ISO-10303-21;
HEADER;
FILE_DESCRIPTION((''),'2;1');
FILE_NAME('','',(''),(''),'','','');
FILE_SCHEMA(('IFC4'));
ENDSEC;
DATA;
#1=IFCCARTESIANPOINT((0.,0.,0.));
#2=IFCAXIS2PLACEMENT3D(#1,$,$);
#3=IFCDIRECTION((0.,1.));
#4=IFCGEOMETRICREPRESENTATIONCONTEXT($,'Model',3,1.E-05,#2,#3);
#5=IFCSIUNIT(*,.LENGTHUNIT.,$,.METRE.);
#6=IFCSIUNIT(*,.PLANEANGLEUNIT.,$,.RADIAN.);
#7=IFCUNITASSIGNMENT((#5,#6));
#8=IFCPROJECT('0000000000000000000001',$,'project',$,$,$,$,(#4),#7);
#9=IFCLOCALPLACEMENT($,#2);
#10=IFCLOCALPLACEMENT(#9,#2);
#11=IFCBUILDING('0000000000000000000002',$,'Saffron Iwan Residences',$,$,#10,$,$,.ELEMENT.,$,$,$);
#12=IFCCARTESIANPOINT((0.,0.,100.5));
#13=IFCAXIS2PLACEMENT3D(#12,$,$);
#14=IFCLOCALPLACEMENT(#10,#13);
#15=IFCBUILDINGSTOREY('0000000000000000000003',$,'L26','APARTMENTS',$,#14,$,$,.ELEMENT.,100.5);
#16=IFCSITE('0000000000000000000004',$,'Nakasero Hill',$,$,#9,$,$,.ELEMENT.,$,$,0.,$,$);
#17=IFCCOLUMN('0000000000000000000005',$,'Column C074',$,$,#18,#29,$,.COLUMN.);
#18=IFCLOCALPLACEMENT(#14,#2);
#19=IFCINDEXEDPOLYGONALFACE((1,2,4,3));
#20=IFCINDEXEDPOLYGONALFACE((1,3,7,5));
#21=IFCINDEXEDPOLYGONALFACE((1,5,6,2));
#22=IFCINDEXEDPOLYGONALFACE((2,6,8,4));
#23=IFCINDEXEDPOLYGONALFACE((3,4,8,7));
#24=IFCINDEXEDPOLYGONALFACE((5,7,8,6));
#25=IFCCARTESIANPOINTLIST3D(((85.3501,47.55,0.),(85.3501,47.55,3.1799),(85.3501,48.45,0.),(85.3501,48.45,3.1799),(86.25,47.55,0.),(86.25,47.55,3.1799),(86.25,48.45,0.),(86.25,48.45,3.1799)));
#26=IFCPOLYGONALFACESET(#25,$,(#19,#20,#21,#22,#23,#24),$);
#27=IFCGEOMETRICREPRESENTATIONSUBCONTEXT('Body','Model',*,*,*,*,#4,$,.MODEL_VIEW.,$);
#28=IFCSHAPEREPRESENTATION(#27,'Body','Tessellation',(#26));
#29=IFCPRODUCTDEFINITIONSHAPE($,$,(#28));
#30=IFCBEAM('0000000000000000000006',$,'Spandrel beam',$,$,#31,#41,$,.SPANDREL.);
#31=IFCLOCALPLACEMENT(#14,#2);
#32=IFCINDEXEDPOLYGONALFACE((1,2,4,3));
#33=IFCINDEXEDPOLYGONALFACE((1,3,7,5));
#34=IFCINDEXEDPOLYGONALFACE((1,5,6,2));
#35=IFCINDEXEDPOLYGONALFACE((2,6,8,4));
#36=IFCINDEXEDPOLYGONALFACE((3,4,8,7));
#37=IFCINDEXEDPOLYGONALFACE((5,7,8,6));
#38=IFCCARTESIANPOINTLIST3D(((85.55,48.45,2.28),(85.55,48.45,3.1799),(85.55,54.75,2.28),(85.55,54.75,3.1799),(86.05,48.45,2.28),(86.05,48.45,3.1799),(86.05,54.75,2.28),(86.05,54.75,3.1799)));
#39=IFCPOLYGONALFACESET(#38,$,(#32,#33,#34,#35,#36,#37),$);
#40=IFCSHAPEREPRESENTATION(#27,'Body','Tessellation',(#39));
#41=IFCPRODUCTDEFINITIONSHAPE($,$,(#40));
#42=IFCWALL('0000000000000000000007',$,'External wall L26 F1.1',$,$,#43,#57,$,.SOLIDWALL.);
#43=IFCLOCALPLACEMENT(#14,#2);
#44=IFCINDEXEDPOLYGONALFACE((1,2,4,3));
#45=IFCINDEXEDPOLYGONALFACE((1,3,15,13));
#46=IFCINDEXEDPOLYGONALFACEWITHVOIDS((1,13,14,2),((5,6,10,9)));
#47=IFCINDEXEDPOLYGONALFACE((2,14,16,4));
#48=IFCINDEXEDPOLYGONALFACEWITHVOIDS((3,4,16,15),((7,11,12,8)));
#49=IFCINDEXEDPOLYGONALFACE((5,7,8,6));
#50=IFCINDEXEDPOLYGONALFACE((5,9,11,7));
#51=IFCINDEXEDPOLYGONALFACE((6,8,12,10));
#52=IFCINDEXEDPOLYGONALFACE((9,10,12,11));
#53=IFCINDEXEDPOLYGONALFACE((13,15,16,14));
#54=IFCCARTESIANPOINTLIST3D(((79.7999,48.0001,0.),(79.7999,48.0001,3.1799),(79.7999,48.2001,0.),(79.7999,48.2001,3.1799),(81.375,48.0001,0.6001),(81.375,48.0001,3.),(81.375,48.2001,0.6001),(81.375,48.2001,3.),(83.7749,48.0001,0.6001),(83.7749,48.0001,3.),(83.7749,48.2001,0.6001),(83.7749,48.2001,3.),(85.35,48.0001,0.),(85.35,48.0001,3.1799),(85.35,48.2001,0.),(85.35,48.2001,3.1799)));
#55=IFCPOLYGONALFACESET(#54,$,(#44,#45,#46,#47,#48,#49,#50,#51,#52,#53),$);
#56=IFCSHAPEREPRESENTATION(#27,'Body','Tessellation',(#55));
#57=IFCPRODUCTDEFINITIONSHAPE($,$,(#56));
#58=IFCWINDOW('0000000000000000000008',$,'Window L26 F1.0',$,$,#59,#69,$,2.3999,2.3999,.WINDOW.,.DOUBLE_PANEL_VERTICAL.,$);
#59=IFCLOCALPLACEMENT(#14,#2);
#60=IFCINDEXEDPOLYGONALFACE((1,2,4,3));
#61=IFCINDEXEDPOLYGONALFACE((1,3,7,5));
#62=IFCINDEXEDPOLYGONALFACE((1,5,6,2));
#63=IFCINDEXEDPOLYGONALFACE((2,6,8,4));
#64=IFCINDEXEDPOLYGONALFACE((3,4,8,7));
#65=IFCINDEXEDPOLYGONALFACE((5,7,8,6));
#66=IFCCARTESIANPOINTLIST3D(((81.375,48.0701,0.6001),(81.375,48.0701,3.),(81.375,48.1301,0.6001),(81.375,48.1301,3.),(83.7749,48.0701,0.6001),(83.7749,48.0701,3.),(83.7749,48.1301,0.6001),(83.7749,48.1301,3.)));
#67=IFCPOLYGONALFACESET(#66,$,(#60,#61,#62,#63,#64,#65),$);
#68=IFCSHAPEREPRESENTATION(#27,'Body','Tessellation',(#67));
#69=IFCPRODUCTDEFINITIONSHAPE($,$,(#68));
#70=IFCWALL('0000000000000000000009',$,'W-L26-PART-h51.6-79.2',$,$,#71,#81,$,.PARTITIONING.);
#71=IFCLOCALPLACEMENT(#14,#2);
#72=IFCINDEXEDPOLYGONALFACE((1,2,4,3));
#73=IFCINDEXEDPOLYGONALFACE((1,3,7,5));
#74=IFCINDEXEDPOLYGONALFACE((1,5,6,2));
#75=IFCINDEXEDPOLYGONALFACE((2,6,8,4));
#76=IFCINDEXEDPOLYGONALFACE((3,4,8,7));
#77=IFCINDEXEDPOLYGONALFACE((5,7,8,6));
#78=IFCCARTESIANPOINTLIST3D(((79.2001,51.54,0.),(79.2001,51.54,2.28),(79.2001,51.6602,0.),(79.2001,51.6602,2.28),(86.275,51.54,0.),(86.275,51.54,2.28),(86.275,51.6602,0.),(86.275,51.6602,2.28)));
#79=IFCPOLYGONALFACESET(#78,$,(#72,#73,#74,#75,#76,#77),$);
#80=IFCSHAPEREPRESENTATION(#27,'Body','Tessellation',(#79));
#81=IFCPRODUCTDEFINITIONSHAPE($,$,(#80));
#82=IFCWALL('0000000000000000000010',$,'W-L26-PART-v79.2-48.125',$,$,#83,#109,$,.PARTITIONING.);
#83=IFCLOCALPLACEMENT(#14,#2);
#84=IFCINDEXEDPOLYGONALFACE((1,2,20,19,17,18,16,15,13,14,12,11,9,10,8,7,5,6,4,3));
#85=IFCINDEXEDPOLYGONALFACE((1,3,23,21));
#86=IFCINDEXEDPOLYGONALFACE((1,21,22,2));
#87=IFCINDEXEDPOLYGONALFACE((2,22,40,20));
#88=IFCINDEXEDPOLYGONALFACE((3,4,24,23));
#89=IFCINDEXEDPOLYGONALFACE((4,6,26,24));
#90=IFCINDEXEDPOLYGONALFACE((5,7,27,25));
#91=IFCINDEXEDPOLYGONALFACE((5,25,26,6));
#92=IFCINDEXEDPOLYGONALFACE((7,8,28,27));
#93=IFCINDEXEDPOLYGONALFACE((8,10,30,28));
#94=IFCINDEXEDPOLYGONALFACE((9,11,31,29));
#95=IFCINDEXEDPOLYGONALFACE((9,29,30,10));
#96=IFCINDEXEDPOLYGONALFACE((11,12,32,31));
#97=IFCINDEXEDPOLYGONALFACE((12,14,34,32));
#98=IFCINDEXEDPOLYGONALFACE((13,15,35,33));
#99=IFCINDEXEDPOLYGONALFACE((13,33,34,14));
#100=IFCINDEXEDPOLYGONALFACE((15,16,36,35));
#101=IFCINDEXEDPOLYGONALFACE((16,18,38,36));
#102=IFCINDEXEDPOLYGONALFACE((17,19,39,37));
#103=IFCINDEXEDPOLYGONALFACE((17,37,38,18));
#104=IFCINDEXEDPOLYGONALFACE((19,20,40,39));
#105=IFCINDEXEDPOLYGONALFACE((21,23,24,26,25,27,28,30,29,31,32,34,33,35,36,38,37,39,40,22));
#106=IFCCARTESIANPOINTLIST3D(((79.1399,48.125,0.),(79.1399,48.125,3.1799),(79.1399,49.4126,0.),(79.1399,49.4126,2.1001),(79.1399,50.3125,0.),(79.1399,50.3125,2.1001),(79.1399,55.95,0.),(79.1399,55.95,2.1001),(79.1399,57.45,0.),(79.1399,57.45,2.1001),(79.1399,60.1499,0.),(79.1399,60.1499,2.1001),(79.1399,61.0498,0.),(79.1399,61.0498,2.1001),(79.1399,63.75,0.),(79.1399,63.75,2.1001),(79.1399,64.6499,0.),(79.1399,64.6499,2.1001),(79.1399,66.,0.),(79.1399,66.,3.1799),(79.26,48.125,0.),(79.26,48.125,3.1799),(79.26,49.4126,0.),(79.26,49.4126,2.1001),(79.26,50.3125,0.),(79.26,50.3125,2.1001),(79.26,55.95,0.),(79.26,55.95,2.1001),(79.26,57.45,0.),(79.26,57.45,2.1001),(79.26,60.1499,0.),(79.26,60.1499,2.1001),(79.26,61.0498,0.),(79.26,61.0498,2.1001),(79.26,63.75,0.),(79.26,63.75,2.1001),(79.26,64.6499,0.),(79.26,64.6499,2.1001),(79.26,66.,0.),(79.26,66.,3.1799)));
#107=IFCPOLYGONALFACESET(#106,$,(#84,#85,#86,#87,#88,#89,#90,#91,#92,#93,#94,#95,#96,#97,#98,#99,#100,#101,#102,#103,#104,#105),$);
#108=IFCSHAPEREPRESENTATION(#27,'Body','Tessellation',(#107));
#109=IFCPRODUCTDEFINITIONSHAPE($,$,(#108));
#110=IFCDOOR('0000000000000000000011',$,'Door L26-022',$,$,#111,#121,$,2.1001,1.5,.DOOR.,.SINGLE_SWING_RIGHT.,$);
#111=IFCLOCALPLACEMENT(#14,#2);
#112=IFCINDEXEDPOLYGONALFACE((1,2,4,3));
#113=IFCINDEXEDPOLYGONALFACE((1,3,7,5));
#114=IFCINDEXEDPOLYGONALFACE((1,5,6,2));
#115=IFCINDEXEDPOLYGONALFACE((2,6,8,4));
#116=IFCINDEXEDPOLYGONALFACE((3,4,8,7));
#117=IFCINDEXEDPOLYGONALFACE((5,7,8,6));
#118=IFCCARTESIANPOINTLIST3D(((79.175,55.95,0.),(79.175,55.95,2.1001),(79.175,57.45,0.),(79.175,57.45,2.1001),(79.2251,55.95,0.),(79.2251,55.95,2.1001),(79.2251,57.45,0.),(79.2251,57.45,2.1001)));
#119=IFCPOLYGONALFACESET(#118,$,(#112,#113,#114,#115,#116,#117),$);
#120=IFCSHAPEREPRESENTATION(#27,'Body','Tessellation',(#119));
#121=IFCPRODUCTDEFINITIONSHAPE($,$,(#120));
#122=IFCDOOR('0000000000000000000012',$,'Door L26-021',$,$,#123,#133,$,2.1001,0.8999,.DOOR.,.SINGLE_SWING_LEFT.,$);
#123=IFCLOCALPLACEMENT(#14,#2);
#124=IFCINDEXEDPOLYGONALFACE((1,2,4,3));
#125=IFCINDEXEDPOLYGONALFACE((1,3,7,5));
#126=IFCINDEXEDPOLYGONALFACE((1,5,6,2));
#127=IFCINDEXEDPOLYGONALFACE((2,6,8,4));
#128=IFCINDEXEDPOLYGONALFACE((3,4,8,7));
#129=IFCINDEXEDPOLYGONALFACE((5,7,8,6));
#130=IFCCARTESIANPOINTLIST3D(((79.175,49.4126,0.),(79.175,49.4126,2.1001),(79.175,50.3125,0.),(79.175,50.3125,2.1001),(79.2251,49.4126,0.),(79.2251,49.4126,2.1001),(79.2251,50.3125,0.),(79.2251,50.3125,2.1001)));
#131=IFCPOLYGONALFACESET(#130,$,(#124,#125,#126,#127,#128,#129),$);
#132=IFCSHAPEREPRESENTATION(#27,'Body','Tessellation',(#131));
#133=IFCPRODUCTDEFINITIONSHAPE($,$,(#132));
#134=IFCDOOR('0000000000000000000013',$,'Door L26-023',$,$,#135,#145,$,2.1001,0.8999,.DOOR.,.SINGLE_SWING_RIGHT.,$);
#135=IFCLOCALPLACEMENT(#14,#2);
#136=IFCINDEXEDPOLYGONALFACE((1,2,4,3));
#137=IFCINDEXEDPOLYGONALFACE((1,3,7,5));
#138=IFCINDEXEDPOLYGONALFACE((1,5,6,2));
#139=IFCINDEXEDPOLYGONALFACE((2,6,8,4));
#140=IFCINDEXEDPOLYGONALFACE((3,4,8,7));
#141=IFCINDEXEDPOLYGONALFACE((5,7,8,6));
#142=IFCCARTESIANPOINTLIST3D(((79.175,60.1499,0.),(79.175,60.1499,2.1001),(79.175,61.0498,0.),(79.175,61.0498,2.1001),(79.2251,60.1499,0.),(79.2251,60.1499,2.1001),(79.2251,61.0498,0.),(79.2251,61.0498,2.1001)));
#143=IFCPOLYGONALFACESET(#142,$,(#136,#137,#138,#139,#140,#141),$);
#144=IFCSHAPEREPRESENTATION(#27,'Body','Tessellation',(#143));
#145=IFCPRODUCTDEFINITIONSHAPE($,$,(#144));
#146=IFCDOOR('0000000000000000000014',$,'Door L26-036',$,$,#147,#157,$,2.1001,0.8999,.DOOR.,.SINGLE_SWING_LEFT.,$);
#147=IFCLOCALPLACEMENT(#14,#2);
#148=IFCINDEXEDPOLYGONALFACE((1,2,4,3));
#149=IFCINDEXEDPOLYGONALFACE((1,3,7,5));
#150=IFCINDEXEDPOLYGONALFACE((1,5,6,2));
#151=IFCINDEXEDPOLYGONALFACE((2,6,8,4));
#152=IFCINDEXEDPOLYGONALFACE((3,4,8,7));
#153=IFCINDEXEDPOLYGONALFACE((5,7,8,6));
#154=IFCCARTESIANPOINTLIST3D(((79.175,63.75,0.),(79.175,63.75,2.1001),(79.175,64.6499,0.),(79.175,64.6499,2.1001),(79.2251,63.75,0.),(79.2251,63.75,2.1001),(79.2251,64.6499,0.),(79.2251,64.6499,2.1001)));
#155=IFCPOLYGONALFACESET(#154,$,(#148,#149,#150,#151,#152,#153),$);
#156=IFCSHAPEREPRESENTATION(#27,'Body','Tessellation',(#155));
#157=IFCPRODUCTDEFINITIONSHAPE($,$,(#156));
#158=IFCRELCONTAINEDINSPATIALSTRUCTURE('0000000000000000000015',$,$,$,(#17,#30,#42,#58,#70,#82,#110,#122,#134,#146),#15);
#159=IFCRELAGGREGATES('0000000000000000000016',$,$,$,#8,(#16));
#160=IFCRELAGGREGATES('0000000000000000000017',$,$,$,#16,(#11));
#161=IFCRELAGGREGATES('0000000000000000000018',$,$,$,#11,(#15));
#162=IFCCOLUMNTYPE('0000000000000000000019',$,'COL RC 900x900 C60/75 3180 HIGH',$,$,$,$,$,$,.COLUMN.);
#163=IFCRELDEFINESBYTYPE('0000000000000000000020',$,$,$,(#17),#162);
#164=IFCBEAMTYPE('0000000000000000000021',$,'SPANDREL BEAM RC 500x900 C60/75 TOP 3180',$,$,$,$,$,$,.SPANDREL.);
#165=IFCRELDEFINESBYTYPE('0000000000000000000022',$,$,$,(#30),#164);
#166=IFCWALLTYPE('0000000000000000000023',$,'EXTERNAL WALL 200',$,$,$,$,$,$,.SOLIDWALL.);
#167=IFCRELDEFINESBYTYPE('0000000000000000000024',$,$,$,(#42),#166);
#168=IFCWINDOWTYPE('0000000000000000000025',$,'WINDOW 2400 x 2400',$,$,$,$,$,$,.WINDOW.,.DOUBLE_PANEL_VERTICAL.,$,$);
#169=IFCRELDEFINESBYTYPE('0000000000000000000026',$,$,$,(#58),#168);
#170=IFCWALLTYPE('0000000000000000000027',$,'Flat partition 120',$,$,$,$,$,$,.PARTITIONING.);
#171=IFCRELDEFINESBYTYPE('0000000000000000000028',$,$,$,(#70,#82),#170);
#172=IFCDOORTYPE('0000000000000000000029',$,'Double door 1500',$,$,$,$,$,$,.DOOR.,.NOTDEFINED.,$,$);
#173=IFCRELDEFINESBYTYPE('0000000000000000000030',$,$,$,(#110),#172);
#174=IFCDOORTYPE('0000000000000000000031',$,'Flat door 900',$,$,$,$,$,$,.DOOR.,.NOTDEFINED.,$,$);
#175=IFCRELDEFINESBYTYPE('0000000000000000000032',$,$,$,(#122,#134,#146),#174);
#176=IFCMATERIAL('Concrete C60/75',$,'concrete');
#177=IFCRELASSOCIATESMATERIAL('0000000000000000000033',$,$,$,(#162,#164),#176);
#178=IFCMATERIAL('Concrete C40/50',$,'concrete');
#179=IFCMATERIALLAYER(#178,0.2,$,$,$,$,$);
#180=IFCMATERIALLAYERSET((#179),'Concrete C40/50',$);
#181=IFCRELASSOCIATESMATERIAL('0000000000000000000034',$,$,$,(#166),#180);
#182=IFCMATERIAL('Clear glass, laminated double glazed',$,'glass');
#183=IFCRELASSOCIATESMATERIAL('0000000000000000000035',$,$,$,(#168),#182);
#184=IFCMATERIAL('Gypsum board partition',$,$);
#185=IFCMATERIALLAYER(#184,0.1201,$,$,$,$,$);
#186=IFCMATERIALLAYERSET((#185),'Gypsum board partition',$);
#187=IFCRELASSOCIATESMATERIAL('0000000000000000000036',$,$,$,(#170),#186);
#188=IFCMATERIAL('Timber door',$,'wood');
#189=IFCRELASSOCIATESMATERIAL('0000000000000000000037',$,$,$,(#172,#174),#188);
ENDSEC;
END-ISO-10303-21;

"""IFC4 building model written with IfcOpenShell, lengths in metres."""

from ifc_helpers import new_model, si_unit, direction, frame, frame_2d, origin, origin_2d, place, context, subcontext, project, spatial, rectangle, extrude, source, transform, mapped, material, layer, layer_set, material_profile, profile_set, type_object, element, fill, save


model = new_model("IFC4")

# Units and contexts
model_context = context("Model", 3, precision=1e-05, world=origin(), true_north=direction((0.0, 1.0)))
body_context = subcontext(model_context, "Body", "Model", "MODEL_VIEW")
ifc_project = project(units=[si_unit("LENGTHUNIT", "METRE"), si_unit("PLANEANGLEUNIT", "RADIAN")], contexts=[model_context])

# Site, building, storey
site_placement = place(None, origin())
site = spatial("IfcSite", under=ifc_project, at=site_placement, Name="Nakasero Hill", CompositionType="ELEMENT", RefElevation=0.0)
building_placement = place(site_placement, origin())
building = spatial("IfcBuilding", under=site, at=building_placement, Name="Saffron Iwan Residences", CompositionType="ELEMENT")
storey_placement = place(building_placement, frame((0.0, 0.0, 100.5)))
storey = spatial("IfcBuildingStorey", under=building, at=storey_placement, Name="L26", Description="APARTMENTS", CompositionType="ELEMENT", Elevation=100.5)

# Column
ifc_material_1 = material(Name="Concrete C60/75", Category="concrete")
ifc_material_profile_1 = material_profile(ifc_material_1, rectangle(XDim=0.8999, YDim=0.8999, at=origin_2d()), Name="RC 900x900")
ifc_profile_set_1 = profile_set([ifc_material_profile_1], Name="Concrete C60/75")
column_type = type_object("IfcColumnType", Name="COL RC 900x900 C60/75 3180 HIGH", PredefinedType="COLUMN", material=ifc_profile_set_1)
shared_shape_1 = source(origin(), body_context, "Body", "SweptSolid", [
    extrude(rectangle(XDim=0.8999, YDim=0.8999, at=origin_2d()), origin(), (0.0, 0.0, 1.0), 3.1799),
])
column_placement = place(storey_placement, frame((85.8, 48.0, 0.0), z_axis=(0.0, 0.0, 1.0), x_axis=(1.0, 0.0, 0.0)))
element("IfcColumn", 1, at=column_placement, inside=storey, type_object=column_type, Name="Column C074", PredefinedType="COLUMN", context=body_context, shape_type="MappedRepresentation", body=[
    mapped(shared_shape_1, transform((0.0, 0.0, 0.0))),
])

# Beam
ifc_material_profile_2 = material_profile(ifc_material_1, rectangle(XDim=0.5, YDim=0.8999, at=origin_2d()), Name="RC 500x900")
ifc_profile_set_2 = profile_set([ifc_material_profile_2], Name="Concrete C60/75")
beam_type = type_object("IfcBeamType", Name="SPANDREL BEAM RC 500x900 C60/75 TOP 3180", PredefinedType="SPANDREL", material=ifc_profile_set_2)
shared_shape_2 = source(origin(), body_context, "Body", "SweptSolid", [
    extrude(rectangle(XDim=0.5, YDim=0.8999, at=origin_2d()), origin(), (0.0, 0.0, 1.0), 6.3),
])
beam_placement = place(storey_placement, frame((85.8, 54.75, 2.73), z_axis=(0.0, -1.0, 0.0), x_axis=(1.0, 0.0, 0.0)))
element("IfcBeam", 2, at=beam_placement, inside=storey, type_object=beam_type, Name="Spandrel beam", PredefinedType="SPANDREL", context=body_context, shape_type="MappedRepresentation", body=[
    mapped(shared_shape_2, transform((0.0, 0.0, 0.0))),
])

# Wall, opening, window
ifc_material_2 = material(Name="Concrete C40/50", Category="concrete")
ifc_layer_1 = layer(ifc_material_2, 0.2)
ifc_layer_set_1 = layer_set([ifc_layer_1], Name="Concrete C40/50")
wall_type_1 = type_object("IfcWallType", Name="EXTERNAL WALL 200", PredefinedType="SOLIDWALL", material=ifc_layer_set_1)
wall_1_placement = place(storey_placement, frame((79.8, 48.1001, 0.0), z_axis=(0.0, 0.0, 1.0), x_axis=(1.0, 0.0, 0.0)))
wall_1 = element("IfcWall", 3, at=wall_1_placement, inside=storey, type_object=wall_type_1, Name="External wall L26 F1.1", PredefinedType="SOLIDWALL", context=body_context, shape_type="SweptSolid", body=[
    extrude(rectangle(XDim=5.55, YDim=0.2, at=frame_2d((2.7749, 0.0))), origin(), (0.0, 0.0, 1.0), 3.1799),
])
opening_1_placement = place(wall_1_placement, frame((1.575, 0.0, 0.6001)))
opening_1 = element("IfcOpeningElement", 4, at=opening_1_placement, cuts=wall_1, PredefinedType="OPENING", context=body_context, shape_type="SweptSolid", body=[
    extrude(rectangle(XDim=2.3999, YDim=2.3999, at=frame_2d((1.2, 1.2))), frame((0.0, 0.1099, 0.0), z_axis=(0.0, -1.0, 0.0), x_axis=(1.0, 0.0, 0.0)), (0.0, 0.0, 1.0), 0.22),
])
ifc_material_3 = material(Name="Clear glass, laminated double glazed", Category="glass")
window_type_1 = type_object("IfcWindowType", Name="WINDOW 2400 x 2400", PartitioningType="DOUBLE_PANEL_VERTICAL", PredefinedType="WINDOW", material=ifc_material_3)
window_1_placement = place(opening_1_placement, origin())
window_1 = element("IfcWindow", 5, at=window_1_placement, inside=storey, type_object=window_type_1, Name="Window L26 F1.0", OverallHeight=2.3999, OverallWidth=2.3999, PartitioningType="DOUBLE_PANEL_VERTICAL", PredefinedType="WINDOW", context=body_context, shape_type="SweptSolid", body=[
    extrude(rectangle(XDim=2.3999, YDim=2.3999, at=frame_2d((1.2, 1.2))), frame((0.0, 0.03, 0.0), z_axis=(0.0, -1.0, 0.0), x_axis=(1.0, 0.0, 0.0)), (0.0, 0.0, 1.0), 0.0601),
])
fill(opening_1, window_1)

# Wall
ifc_material_4 = material(Name="Gypsum board partition")
ifc_layer_2 = layer(ifc_material_4, 0.1201)
ifc_layer_set_2 = layer_set([ifc_layer_2], Name="Gypsum board partition")
wall_type_2 = type_object("IfcWallType", Name="Flat partition 120", PredefinedType="PARTITIONING", material=ifc_layer_set_2)
wall_2_placement = place(storey_placement, frame((79.2, 51.6001, 0.0), z_axis=(0.0, 0.0, 1.0), x_axis=(1.0, 0.0, 0.0)))
element("IfcWall", 6, at=wall_2_placement, inside=storey, type_object=wall_type_2, Name="W-L26-PART-h51.6-79.2", PredefinedType="PARTITIONING", context=body_context, shape_type="SweptSolid", body=[
    extrude(rectangle(XDim=7.075, YDim=0.1201, at=frame_2d((3.5376, 0.0))), origin(), (0.0, 0.0, 1.0), 2.28),
])

# Wall, openings, doors
wall_3_placement = place(storey_placement, frame((79.2, 48.125, 0.0), z_axis=(0.0, 0.0, 1.0), x_axis=(0.0, 1.0, 0.0)))
wall_3 = element("IfcWall", 7, at=wall_3_placement, inside=storey, type_object=wall_type_2, Name="W-L26-PART-v79.2-48.125", PredefinedType="PARTITIONING", context=body_context, shape_type="SweptSolid", body=[
    extrude(rectangle(XDim=17.875, YDim=0.1201, at=frame_2d((8.9375, 0.0))), origin(), (0.0, 0.0, 1.0), 3.1799),
])
opening_2_placement = place(wall_3_placement, frame((1.2876, 0.0, 0.0)))
opening_2 = element("IfcOpeningElement", 8, at=opening_2_placement, cuts=wall_3, PredefinedType="OPENING", context=body_context, shape_type="SweptSolid", body=[
    extrude(rectangle(XDim=0.8999, YDim=2.1001, at=frame_2d((0.45, 1.05))), frame((0.0, 0.0701, 0.0), z_axis=(0.0, -1.0, 0.0), x_axis=(1.0, 0.0, 0.0)), (0.0, 0.0, 1.0), 0.1401),
])
opening_3_placement = place(wall_3_placement, frame((7.825, 0.0, 0.0)))
opening_3 = element("IfcOpeningElement", 9, at=opening_3_placement, cuts=wall_3, PredefinedType="OPENING", context=body_context, shape_type="SweptSolid", body=[
    extrude(rectangle(XDim=1.5, YDim=2.1001, at=frame_2d((0.75, 1.05))), frame((0.0, 0.0701, 0.0), z_axis=(0.0, -1.0, 0.0), x_axis=(1.0, 0.0, 0.0)), (0.0, 0.0, 1.0), 0.1401),
])
opening_4_placement = place(wall_3_placement, frame((12.0249, 0.0, 0.0)))
opening_4 = element("IfcOpeningElement", 10, at=opening_4_placement, cuts=wall_3, PredefinedType="OPENING", context=body_context, shape_type="SweptSolid", body=[
    extrude(rectangle(XDim=0.8999, YDim=2.1001, at=frame_2d((0.45, 1.05))), frame((0.0, 0.0701, 0.0), z_axis=(0.0, -1.0, 0.0), x_axis=(1.0, 0.0, 0.0)), (0.0, 0.0, 1.0), 0.1401),
])
opening_5_placement = place(wall_3_placement, frame((15.625, 0.0, 0.0)))
opening_5 = element("IfcOpeningElement", 11, at=opening_5_placement, cuts=wall_3, PredefinedType="OPENING", context=body_context, shape_type="SweptSolid", body=[
    extrude(rectangle(XDim=0.8999, YDim=2.1001, at=frame_2d((0.45, 1.05))), frame((0.0, 0.0701, 0.0), z_axis=(0.0, -1.0, 0.0), x_axis=(1.0, 0.0, 0.0)), (0.0, 0.0, 1.0), 0.1401),
])
ifc_material_5 = material(Name="Timber door", Category="wood")
door_type_1 = type_object("IfcDoorType", Name="Double door 1500", OperationType="NOTDEFINED", PredefinedType="DOOR", material=ifc_material_5)
door_1_placement = place(opening_3_placement, origin())
door_1 = element("IfcDoor", 12, at=door_1_placement, inside=storey, type_object=door_type_1, Name="Door L26-022", OperationType="SINGLE_SWING_RIGHT", OverallHeight=2.1001, OverallWidth=1.5, PredefinedType="DOOR", context=body_context, shape_type="SweptSolid", body=[
    extrude(rectangle(XDim=1.5, YDim=2.1001, at=frame_2d((0.75, 1.05))), frame((0.0, 0.0249, 0.0), z_axis=(0.0, -1.0, 0.0), x_axis=(1.0, 0.0, 0.0)), (0.0, 0.0, 1.0), 0.05),
])
fill(opening_3, door_1)
door_type_2 = type_object("IfcDoorType", Name="Flat door 900", OperationType="NOTDEFINED", PredefinedType="DOOR", material=ifc_material_5)
door_2_placement = place(opening_2_placement, origin())
door_2 = element("IfcDoor", 13, at=door_2_placement, inside=storey, type_object=door_type_2, Name="Door L26-021", OperationType="SINGLE_SWING_LEFT", OverallHeight=2.1001, OverallWidth=0.8999, PredefinedType="DOOR", context=body_context, shape_type="SweptSolid", body=[
    extrude(rectangle(XDim=0.8999, YDim=2.1001, at=frame_2d((0.45, 1.05))), frame((0.0, 0.0249, 0.0), z_axis=(0.0, -1.0, 0.0), x_axis=(1.0, 0.0, 0.0)), (0.0, 0.0, 1.0), 0.05),
])
fill(opening_2, door_2)
door_3_placement = place(opening_4_placement, origin())
door_3 = element("IfcDoor", 14, at=door_3_placement, inside=storey, type_object=door_type_2, Name="Door L26-023", OperationType="SINGLE_SWING_RIGHT", OverallHeight=2.1001, OverallWidth=0.8999, PredefinedType="DOOR", context=body_context, shape_type="SweptSolid", body=[
    extrude(rectangle(XDim=0.8999, YDim=2.1001, at=frame_2d((0.45, 1.05))), frame((0.0, 0.0249, 0.0), z_axis=(0.0, -1.0, 0.0), x_axis=(1.0, 0.0, 0.0)), (0.0, 0.0, 1.0), 0.05),
])
fill(opening_4, door_3)
door_4_placement = place(opening_5_placement, origin())
door_4 = element("IfcDoor", 15, at=door_4_placement, inside=storey, type_object=door_type_2, Name="Door L26-036", OperationType="SINGLE_SWING_LEFT", OverallHeight=2.1001, OverallWidth=0.8999, PredefinedType="DOOR", context=body_context, shape_type="SweptSolid", body=[
    extrude(rectangle(XDim=0.8999, YDim=2.1001, at=frame_2d((0.45, 1.05))), frame((0.0, 0.0249, 0.0), z_axis=(0.0, -1.0, 0.0), x_axis=(1.0, 0.0, 0.0)), (0.0, 0.0, 1.0), 0.05),
])
fill(opening_5, door_4)

save(model, "model.ifc")
